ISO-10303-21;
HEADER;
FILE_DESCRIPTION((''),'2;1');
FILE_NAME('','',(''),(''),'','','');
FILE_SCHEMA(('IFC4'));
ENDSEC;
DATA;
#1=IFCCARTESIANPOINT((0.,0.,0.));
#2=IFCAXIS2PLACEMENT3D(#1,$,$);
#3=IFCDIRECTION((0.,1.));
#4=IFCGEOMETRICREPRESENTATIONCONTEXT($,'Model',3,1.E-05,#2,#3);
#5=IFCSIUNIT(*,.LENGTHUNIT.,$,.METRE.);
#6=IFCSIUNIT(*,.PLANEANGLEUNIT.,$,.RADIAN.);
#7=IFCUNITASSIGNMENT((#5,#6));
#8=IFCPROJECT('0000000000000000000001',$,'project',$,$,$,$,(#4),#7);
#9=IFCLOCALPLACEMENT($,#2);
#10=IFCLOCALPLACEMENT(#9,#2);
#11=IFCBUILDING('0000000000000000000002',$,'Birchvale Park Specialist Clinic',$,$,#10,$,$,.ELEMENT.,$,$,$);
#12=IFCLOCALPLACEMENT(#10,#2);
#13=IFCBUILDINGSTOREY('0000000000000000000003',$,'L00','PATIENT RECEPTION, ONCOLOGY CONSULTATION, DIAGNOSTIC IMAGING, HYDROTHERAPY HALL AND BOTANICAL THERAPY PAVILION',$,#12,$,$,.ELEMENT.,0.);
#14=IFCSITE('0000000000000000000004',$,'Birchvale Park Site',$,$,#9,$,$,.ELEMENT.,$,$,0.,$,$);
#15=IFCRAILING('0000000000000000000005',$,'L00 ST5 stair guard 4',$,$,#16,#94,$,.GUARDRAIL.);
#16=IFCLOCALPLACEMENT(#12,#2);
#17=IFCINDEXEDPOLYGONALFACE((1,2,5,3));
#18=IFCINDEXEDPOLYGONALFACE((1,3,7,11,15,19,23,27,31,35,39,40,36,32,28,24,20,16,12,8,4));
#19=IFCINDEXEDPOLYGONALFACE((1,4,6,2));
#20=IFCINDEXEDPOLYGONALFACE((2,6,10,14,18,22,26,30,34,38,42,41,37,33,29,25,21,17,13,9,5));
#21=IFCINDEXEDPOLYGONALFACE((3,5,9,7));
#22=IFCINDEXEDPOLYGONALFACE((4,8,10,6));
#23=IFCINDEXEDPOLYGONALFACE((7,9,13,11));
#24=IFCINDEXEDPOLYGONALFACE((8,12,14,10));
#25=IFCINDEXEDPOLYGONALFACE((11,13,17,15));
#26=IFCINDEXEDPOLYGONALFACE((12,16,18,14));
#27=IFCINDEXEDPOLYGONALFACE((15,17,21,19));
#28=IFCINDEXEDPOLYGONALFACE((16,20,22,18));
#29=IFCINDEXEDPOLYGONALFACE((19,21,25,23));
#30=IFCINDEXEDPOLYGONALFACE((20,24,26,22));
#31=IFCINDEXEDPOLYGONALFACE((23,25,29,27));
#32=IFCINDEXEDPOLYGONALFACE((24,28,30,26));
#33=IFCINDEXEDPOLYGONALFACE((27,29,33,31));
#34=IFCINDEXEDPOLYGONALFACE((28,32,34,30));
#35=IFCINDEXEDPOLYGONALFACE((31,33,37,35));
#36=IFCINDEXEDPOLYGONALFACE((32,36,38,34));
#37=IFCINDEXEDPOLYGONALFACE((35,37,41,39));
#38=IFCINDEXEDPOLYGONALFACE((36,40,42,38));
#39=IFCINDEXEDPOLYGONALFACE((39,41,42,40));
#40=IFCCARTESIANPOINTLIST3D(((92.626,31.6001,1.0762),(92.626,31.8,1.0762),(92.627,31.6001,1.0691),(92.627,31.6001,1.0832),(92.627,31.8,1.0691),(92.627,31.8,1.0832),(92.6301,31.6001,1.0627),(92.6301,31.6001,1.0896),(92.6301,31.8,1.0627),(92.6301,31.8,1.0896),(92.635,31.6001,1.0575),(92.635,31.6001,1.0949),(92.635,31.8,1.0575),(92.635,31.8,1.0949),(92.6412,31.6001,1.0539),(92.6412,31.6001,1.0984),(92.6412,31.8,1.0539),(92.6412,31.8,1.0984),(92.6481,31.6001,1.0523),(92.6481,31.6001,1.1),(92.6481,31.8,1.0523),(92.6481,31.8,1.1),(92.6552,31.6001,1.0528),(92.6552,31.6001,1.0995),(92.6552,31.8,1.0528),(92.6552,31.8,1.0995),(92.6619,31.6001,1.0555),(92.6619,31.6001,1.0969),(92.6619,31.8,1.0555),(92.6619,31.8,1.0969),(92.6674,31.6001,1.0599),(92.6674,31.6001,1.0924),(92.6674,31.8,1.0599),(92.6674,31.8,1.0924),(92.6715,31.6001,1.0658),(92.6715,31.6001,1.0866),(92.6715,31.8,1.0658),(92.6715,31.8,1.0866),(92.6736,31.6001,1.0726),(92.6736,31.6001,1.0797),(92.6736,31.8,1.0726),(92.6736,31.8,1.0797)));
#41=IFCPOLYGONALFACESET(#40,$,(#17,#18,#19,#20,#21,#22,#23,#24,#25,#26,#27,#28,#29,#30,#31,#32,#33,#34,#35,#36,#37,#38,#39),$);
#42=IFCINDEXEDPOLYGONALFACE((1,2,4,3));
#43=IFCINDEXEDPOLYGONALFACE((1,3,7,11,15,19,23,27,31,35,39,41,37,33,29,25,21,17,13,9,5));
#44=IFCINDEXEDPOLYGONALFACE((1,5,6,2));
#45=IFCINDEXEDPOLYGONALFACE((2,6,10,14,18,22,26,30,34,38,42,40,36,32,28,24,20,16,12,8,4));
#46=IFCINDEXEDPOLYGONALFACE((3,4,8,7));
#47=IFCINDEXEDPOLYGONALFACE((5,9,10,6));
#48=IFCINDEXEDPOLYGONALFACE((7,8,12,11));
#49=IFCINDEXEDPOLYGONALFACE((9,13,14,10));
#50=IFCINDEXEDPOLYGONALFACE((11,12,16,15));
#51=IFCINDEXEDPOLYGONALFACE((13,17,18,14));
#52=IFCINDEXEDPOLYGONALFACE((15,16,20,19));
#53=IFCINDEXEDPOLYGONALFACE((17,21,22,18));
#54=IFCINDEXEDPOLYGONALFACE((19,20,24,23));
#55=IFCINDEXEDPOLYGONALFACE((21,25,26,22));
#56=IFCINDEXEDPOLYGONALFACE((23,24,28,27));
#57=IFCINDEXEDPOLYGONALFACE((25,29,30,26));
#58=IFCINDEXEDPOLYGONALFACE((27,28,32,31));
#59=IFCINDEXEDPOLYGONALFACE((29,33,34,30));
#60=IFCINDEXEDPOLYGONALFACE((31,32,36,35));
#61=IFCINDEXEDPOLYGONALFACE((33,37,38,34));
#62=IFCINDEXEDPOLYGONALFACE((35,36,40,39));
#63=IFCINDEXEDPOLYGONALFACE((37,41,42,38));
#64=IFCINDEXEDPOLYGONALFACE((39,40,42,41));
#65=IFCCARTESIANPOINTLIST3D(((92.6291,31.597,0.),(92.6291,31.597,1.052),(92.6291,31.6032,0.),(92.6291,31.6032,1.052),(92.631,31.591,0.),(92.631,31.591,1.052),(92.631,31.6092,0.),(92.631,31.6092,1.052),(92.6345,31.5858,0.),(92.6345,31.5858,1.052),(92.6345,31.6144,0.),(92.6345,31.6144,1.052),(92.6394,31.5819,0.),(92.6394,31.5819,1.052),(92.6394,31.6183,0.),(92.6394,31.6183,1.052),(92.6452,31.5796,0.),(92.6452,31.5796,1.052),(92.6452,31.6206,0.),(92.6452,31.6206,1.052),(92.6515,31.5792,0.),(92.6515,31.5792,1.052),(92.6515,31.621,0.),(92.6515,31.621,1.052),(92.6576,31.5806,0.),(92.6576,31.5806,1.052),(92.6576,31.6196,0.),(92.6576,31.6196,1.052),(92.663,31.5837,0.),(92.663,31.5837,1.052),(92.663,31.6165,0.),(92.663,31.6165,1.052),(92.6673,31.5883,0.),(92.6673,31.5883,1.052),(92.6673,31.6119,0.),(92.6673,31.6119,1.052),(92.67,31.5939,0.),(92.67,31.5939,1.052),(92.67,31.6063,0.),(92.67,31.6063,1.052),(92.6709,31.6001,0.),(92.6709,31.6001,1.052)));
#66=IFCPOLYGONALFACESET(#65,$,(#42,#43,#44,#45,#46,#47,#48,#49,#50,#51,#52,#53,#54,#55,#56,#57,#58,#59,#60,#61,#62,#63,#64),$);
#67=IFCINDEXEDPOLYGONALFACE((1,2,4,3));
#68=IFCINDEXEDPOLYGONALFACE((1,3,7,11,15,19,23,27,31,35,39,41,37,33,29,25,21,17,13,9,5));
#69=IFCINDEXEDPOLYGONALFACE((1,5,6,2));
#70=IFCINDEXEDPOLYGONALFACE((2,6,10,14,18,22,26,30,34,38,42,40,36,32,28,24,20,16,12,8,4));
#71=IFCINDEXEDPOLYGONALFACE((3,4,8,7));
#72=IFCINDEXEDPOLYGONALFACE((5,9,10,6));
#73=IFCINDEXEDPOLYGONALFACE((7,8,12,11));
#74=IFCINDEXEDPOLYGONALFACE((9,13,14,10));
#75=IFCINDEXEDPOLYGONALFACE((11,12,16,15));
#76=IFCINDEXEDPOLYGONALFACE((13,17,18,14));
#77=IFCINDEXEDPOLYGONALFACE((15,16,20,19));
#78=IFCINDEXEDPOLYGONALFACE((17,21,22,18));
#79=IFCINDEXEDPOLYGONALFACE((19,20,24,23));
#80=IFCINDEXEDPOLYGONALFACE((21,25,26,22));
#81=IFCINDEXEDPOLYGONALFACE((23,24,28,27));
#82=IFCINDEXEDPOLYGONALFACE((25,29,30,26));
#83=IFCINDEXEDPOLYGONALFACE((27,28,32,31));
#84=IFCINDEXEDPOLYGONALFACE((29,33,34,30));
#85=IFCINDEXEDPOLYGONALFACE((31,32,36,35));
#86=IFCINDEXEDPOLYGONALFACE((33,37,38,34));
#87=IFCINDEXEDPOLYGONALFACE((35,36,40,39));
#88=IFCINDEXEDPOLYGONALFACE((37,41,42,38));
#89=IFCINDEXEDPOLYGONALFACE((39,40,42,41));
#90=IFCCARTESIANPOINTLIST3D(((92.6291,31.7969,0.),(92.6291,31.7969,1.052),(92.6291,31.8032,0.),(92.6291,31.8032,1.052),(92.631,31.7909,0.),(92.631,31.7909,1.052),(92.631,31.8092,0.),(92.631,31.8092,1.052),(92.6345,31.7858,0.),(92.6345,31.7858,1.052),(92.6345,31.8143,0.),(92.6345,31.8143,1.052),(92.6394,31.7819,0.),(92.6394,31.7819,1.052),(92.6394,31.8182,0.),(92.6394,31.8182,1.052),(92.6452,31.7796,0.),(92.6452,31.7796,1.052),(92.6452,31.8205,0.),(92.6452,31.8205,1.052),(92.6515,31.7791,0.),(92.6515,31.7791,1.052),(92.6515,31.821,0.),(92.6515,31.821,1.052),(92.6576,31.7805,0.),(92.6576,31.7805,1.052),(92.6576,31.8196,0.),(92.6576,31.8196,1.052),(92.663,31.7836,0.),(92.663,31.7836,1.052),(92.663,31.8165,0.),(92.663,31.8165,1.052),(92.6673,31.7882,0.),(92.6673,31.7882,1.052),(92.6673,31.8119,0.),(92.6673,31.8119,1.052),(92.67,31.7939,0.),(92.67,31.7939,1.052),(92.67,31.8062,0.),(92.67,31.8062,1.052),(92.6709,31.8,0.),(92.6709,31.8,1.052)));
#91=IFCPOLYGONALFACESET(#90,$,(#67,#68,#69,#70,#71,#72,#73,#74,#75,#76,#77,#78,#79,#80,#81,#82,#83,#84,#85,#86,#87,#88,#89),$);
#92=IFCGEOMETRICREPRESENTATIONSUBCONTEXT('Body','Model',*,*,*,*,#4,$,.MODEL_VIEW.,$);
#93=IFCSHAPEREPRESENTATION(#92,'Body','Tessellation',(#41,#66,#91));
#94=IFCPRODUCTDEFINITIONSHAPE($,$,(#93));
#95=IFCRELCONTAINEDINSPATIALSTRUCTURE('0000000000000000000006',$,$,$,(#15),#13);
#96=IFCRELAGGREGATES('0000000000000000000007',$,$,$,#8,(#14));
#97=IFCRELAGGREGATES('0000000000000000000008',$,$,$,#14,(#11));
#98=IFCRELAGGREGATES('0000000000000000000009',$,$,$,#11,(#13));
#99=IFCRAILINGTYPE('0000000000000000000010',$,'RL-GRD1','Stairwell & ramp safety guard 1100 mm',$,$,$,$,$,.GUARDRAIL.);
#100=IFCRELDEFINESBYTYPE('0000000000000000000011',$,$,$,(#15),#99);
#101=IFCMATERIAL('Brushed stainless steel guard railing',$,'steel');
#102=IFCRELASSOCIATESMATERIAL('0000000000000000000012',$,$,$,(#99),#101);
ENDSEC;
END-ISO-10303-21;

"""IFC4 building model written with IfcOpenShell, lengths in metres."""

from ifc_helpers import new_model, si_unit, direction, frame, origin, origin_2d, place, context, subcontext, project, spatial, circle, extrude, material, type_object, element, save


model = new_model("IFC4")

# Units and contexts
model_context = context("Model", 3, precision=1e-05, world=origin(), true_north=direction((0.0, 1.0)))
body_context = subcontext(model_context, "Body", "Model", "MODEL_VIEW")
ifc_project = project(units=[si_unit("LENGTHUNIT", "METRE"), si_unit("PLANEANGLEUNIT", "RADIAN")], contexts=[model_context])

# Site, building, storey
site_placement = place(None, origin())
site = spatial("IfcSite", under=ifc_project, at=site_placement, Name="Birchvale Park Site", CompositionType="ELEMENT", RefElevation=0.0)
building_placement = place(site_placement, origin())
building = spatial("IfcBuilding", under=site, at=building_placement, Name="Birchvale Park Specialist Clinic", CompositionType="ELEMENT")
storey_placement = place(building_placement, origin())
storey = spatial("IfcBuildingStorey", under=building, at=storey_placement, Name="L00", Description="PATIENT RECEPTION, ONCOLOGY CONSULTATION, DIAGNOSTIC IMAGING, HYDROTHERAPY HALL AND BOTANICAL THERAPY PAVILION", CompositionType="ELEMENT", Elevation=0.0)

# Railing
ifc_material_1 = material(Name="Brushed stainless steel guard railing", Category="steel")
railing_type_1 = type_object("IfcRailingType", Name="RL-GRD1", Description="Stairwell & ramp safety guard 1100 mm", PredefinedType="GUARDRAIL", material=ifc_material_1)
railing_1_placement = place(storey_placement, frame((92.6499, 31.6001, 0.0)))
element("IfcRailing", 1, at=railing_1_placement, inside=storey, type_object=railing_type_1, Name="L00 ST5 stair guard 4", PredefinedType="GUARDRAIL", context=body_context, shape_type="SweptSolid", body=[
    extrude(circle(Radius=0.0239, at=origin_2d()), frame((0.0, 0.0, 1.0762), z_axis=(0.0, 1.0, 0.0), x_axis=(-1.0, 0.0, 0.0)), (0.0, 0.0, 1.0), 0.2),
    extrude(circle(Radius=0.021, at=origin_2d()), origin(), (0.0, 0.0, 1.0), 1.052),
    extrude(circle(Radius=0.021, at=origin_2d()), frame((0.0, 0.2, 0.0)), (0.0, 0.0, 1.0), 1.052),
])

save(model, "model.ifc")
